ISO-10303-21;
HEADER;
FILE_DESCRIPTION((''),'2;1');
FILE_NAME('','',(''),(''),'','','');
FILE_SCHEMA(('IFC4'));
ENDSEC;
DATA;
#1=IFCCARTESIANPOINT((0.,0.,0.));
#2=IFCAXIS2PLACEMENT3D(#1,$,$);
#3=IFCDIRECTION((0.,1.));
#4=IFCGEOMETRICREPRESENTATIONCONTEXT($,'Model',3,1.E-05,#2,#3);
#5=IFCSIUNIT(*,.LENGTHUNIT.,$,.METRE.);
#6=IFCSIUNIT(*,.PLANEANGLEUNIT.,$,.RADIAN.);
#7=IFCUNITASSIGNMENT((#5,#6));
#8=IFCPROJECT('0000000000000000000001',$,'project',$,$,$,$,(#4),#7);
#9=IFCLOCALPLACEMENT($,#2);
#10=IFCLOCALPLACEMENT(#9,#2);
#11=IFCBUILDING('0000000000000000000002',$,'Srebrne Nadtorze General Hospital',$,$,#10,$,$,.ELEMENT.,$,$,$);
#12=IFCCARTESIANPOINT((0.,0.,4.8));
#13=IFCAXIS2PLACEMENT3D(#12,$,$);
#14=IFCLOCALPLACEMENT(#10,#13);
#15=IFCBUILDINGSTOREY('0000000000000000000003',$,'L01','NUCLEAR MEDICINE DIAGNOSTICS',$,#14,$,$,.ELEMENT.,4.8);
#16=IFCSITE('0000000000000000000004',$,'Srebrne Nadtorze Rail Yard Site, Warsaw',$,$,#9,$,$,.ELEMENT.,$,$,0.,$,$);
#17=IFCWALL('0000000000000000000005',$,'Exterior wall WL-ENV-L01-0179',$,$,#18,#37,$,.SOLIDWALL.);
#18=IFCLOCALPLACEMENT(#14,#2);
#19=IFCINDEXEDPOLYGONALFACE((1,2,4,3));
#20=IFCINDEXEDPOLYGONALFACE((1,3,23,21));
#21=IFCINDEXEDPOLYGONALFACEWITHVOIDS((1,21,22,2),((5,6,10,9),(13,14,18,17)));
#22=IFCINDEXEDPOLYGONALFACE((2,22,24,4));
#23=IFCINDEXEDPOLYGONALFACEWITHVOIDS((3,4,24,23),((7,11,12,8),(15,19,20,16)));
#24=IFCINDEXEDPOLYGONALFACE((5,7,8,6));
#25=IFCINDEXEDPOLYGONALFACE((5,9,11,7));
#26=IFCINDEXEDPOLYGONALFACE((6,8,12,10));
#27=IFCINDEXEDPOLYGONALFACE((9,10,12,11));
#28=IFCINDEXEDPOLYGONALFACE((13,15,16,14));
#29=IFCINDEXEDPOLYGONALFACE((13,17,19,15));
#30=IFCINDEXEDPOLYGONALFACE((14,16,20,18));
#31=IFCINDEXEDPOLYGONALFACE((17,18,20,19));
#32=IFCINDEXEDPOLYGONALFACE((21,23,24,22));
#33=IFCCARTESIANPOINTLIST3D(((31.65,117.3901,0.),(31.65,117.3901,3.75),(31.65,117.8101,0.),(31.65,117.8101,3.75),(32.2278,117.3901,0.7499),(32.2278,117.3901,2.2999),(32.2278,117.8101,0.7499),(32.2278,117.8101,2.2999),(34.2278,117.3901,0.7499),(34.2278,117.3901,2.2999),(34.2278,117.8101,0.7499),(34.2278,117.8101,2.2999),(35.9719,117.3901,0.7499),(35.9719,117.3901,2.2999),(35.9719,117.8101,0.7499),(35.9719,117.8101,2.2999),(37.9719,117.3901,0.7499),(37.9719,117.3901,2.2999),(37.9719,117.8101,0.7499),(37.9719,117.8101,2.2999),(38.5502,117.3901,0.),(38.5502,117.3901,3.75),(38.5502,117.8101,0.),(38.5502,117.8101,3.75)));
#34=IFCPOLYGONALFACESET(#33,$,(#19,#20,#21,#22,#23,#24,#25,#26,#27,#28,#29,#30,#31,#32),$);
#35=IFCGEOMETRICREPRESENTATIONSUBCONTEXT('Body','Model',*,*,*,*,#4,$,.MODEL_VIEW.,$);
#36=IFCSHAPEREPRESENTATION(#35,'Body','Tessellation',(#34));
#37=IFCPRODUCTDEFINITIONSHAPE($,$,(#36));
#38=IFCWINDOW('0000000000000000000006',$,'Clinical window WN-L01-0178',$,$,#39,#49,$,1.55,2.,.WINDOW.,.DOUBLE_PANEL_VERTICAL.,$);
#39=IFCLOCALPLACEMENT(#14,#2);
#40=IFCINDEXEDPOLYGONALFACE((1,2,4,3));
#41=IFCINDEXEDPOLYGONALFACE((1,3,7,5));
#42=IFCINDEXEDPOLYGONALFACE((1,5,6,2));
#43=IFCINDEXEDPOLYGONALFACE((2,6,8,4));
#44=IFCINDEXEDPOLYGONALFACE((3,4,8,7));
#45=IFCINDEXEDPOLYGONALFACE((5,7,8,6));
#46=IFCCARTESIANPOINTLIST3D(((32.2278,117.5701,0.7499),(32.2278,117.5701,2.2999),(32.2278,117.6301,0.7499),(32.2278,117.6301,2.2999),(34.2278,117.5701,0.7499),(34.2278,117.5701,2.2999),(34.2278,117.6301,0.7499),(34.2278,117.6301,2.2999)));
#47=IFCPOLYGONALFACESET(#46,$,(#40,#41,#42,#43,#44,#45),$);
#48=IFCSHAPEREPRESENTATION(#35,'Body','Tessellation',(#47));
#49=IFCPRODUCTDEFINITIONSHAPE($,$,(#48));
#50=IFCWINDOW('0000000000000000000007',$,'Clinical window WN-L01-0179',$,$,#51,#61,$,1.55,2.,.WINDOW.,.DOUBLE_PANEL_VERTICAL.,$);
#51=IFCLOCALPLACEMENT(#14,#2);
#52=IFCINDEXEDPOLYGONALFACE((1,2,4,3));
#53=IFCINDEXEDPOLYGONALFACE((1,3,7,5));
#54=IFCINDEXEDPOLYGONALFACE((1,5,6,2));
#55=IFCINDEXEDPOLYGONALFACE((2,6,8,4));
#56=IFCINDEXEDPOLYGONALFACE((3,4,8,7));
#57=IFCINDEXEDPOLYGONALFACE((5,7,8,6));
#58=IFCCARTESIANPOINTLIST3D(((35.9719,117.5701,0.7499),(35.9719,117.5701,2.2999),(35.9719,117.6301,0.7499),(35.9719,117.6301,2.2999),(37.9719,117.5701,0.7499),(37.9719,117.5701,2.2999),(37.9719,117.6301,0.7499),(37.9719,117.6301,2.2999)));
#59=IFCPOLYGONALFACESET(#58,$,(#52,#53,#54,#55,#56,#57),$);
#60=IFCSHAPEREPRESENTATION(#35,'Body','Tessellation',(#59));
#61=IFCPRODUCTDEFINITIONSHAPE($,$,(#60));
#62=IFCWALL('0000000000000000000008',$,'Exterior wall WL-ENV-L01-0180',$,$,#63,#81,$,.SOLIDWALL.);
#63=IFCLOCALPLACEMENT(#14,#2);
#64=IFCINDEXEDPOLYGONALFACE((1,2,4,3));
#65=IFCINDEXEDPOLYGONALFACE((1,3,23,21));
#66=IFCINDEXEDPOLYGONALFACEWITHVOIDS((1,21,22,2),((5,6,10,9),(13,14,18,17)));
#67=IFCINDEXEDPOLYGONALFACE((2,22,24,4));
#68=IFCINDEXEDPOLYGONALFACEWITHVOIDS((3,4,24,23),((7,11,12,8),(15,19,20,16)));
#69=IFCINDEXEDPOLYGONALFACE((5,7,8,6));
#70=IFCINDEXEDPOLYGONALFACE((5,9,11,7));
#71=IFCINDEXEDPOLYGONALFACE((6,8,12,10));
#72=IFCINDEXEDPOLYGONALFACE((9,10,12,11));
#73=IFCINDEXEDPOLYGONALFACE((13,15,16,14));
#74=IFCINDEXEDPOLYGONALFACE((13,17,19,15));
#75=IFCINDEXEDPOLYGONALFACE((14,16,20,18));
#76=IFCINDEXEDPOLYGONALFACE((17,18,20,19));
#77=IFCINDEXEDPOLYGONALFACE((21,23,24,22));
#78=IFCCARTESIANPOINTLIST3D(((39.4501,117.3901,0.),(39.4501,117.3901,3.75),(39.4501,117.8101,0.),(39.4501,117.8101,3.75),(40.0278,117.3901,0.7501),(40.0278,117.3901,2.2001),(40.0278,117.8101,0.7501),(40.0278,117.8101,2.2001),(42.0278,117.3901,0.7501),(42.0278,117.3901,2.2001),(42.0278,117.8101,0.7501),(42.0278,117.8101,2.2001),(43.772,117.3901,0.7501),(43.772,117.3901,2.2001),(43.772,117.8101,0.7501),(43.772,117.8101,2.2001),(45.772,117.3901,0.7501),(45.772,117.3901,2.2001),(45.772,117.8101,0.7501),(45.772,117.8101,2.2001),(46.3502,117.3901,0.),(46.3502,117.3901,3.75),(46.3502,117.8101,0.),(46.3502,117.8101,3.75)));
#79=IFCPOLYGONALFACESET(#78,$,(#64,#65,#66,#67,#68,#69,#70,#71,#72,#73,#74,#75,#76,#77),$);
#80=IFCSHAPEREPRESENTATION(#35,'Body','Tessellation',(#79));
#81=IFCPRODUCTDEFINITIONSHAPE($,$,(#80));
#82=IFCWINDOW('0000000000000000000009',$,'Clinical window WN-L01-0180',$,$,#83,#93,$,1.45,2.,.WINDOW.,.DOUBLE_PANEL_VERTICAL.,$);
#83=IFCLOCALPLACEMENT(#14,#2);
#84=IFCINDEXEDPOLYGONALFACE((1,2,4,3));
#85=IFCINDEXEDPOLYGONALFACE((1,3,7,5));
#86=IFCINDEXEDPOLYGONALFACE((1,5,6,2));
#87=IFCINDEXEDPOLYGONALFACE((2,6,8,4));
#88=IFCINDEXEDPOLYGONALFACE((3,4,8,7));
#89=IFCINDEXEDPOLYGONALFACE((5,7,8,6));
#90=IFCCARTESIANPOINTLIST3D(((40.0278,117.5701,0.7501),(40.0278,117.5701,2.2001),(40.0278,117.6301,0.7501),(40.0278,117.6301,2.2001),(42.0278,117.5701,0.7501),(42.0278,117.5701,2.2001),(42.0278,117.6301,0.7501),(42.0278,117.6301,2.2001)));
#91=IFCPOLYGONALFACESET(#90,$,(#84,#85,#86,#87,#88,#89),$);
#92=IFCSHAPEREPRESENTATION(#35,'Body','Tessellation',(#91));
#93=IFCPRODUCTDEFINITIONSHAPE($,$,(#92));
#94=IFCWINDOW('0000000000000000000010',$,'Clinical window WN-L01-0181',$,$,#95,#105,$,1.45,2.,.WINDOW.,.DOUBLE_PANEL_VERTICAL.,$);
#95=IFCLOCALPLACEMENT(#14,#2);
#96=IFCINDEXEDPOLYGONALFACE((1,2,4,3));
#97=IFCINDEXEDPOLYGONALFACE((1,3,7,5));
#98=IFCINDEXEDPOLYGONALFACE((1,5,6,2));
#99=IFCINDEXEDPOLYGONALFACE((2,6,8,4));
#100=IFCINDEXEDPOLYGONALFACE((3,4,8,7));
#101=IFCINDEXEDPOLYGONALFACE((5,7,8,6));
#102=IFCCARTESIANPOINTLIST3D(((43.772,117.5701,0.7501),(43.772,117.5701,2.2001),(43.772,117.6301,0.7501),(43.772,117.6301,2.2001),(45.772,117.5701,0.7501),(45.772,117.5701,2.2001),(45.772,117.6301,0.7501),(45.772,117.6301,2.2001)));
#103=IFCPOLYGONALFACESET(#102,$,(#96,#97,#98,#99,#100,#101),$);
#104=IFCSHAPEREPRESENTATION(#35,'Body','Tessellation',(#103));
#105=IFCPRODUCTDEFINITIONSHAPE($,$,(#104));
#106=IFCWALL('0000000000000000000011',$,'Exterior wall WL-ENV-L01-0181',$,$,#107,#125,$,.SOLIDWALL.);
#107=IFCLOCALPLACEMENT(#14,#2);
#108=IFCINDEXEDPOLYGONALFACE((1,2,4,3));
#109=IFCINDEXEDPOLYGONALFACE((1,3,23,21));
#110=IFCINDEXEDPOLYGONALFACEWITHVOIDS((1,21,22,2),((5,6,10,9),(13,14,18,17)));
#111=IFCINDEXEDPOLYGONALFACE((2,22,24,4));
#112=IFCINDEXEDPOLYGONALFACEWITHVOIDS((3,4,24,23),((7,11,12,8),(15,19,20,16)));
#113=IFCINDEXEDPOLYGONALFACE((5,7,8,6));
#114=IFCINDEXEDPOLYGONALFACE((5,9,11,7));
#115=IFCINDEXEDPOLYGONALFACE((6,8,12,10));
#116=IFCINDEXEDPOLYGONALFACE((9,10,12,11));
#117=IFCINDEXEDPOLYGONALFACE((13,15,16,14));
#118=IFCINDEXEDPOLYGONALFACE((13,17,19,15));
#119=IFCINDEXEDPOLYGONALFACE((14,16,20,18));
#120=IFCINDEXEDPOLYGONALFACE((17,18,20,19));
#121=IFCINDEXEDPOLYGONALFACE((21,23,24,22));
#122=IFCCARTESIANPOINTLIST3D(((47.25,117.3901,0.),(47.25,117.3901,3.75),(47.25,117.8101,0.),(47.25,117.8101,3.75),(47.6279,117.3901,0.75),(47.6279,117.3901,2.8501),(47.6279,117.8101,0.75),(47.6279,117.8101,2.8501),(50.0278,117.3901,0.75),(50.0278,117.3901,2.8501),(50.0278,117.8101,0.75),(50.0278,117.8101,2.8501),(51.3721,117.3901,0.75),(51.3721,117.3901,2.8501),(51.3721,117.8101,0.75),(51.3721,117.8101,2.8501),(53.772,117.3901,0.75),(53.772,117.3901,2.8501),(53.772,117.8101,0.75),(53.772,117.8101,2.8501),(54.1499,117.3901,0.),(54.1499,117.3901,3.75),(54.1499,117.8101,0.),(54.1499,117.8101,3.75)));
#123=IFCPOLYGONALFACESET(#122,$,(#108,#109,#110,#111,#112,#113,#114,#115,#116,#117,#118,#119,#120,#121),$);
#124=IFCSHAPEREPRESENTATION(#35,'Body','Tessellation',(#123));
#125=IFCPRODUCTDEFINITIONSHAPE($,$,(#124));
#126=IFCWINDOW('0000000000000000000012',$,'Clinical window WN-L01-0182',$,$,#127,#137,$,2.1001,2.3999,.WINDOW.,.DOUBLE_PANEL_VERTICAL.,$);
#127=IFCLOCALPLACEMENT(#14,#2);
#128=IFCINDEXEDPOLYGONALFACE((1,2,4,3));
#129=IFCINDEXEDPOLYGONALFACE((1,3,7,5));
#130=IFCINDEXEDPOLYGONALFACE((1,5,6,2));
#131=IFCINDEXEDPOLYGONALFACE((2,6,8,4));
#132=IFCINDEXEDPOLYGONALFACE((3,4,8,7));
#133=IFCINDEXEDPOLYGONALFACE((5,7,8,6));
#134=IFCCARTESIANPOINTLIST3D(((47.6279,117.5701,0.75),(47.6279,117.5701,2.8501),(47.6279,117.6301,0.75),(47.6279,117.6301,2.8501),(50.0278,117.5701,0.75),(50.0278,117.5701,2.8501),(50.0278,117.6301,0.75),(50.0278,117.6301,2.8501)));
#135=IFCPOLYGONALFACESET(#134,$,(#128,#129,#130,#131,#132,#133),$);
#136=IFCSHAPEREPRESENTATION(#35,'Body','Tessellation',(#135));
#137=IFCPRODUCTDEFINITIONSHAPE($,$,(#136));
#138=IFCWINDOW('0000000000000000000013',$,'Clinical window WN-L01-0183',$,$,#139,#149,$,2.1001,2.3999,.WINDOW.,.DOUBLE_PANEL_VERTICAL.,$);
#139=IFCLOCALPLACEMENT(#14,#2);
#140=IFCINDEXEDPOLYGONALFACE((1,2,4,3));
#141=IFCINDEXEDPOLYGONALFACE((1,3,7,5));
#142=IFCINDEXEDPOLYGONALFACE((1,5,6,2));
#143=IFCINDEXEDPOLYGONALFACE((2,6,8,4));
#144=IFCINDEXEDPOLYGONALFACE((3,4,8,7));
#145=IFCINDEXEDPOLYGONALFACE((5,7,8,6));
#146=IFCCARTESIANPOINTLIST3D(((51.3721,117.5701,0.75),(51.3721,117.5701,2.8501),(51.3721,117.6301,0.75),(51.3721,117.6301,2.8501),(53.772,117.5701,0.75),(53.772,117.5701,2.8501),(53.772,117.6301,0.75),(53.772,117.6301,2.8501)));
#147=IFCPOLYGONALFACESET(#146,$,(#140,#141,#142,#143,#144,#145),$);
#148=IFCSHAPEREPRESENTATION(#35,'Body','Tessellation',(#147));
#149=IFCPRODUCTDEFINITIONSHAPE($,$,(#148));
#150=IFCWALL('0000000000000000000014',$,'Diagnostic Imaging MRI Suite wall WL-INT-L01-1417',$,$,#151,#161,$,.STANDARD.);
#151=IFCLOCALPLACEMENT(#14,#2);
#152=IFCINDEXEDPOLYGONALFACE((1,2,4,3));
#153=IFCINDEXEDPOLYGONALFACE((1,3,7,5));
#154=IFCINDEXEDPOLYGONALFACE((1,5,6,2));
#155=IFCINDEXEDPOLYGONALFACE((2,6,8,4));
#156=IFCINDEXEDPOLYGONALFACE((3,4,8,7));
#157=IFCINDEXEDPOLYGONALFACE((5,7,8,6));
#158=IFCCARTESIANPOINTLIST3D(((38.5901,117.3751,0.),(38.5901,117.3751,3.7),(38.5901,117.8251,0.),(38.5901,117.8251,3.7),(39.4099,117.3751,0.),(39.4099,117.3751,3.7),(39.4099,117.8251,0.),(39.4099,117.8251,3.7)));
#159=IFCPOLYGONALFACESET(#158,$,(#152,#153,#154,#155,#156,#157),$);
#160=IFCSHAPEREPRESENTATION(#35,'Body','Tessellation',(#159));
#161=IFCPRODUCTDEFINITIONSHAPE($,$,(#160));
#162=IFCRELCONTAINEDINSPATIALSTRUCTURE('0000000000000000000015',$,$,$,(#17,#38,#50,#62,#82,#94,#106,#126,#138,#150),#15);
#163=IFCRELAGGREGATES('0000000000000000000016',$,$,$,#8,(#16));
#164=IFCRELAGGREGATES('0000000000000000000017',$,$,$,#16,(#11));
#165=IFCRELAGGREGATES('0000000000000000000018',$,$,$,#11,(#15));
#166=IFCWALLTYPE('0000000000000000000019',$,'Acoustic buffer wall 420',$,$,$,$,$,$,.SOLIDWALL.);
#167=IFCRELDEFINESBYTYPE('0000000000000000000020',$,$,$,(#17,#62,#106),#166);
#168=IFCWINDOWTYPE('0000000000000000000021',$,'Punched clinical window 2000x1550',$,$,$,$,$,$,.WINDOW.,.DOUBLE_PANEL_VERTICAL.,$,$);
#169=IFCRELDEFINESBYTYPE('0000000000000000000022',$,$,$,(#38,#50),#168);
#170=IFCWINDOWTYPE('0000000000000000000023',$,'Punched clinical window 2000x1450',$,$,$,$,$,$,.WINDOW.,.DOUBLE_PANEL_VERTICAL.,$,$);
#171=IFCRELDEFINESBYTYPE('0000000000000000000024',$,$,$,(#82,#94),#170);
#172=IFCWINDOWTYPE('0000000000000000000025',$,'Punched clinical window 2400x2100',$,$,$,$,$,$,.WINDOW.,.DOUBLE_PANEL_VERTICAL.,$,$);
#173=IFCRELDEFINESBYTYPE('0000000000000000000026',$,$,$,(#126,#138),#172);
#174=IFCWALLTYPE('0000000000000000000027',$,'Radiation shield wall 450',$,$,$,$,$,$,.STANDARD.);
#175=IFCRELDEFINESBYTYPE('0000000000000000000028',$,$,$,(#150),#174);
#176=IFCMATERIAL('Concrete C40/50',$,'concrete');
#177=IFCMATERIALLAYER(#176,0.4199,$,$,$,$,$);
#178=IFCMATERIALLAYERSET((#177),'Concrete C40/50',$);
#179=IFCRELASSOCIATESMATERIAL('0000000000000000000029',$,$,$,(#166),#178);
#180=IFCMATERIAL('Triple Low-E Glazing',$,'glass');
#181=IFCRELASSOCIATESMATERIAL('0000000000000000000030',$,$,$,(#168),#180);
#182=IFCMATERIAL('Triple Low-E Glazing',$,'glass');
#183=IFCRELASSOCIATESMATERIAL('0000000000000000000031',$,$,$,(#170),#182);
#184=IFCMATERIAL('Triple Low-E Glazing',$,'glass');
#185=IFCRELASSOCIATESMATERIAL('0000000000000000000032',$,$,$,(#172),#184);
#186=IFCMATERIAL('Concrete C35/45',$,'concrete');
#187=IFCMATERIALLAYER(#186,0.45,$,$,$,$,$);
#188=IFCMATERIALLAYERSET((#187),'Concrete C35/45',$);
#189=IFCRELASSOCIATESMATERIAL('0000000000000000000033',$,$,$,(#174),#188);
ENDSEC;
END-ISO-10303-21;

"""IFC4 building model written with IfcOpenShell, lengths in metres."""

from ifc_helpers import new_model, si_unit, direction, frame, frame_2d, origin, place, context, subcontext, project, spatial, rectangle, extrude, material, layer, layer_set, type_object, element, fill, save


model = new_model("IFC4")

# Units and contexts
model_context = context("Model", 3, precision=1e-05, world=origin(), true_north=direction((0.0, 1.0)))
body_context = subcontext(model_context, "Body", "Model", "MODEL_VIEW")
ifc_project = project(units=[si_unit("LENGTHUNIT", "METRE"), si_unit("PLANEANGLEUNIT", "RADIAN")], contexts=[model_context])

# Site, building, storey
site_placement = place(None, origin())
site = spatial("IfcSite", under=ifc_project, at=site_placement, Name="Srebrne Nadtorze Rail Yard Site, Warsaw", CompositionType="ELEMENT", RefElevation=0.0)
building_placement = place(site_placement, origin())
building = spatial("IfcBuilding", under=site, at=building_placement, Name="Srebrne Nadtorze General Hospital", CompositionType="ELEMENT")
storey_placement = place(building_placement, frame((0.0, 0.0, 4.8)))
storey = spatial("IfcBuildingStorey", under=building, at=storey_placement, Name="L01", Description="NUCLEAR MEDICINE DIAGNOSTICS", CompositionType="ELEMENT", Elevation=4.8)

# Walls, openings, windows
ifc_material_1 = material(Name="Concrete C40/50", Category="concrete")
ifc_layer_1 = layer(ifc_material_1, 0.4199)
ifc_layer_set_1 = layer_set([ifc_layer_1], Name="Concrete C40/50")
wall_type_1 = type_object("IfcWallType", Name="Acoustic buffer wall 420", PredefinedType="SOLIDWALL", material=ifc_layer_set_1)
wall_1_placement = place(storey_placement, frame((31.6499, 117.6001, 0.0), z_axis=(0.0, 0.0, 1.0), x_axis=(1.0, 0.0, 0.0)))
wall_1 = element("IfcWall", 1, at=wall_1_placement, inside=storey, type_object=wall_type_1, Name="Exterior wall WL-ENV-L01-0179", PredefinedType="SOLIDWALL", context=body_context, shape_type="SweptSolid", body=[
    extrude(rectangle(XDim=6.9001, YDim=0.4199, at=frame_2d((3.4502, 0.0))), origin(), (0.0, 0.0, 1.0), 3.75),
])
opening_1_placement = place(wall_1_placement, frame((0.5779, 0.0, 0.75)))
opening_1 = element("IfcOpeningElement", 2, at=opening_1_placement, cuts=wall_1, PredefinedType="OPENING", context=body_context, shape_type="SweptSolid", body=[
    extrude(rectangle(XDim=2.0, YDim=1.55, at=frame_2d((1.0, 0.7749))), frame((0.0, 0.2219, 0.0), z_axis=(0.0, -1.0, 0.0), x_axis=(1.0, 0.0, 0.0)), (0.0, 0.0, 1.0), 0.4438),
])
opening_2_placement = place(wall_1_placement, frame((4.322, 0.0, 0.75)))
opening_2 = element("IfcOpeningElement", 3, at=opening_2_placement, cuts=wall_1, PredefinedType="OPENING", context=body_context, shape_type="SweptSolid", body=[
    extrude(rectangle(XDim=2.0, YDim=1.55, at=frame_2d((1.0, 0.7749))), frame((0.0, 0.2219, 0.0), z_axis=(0.0, -1.0, 0.0), x_axis=(1.0, 0.0, 0.0)), (0.0, 0.0, 1.0), 0.4438),
])
ifc_material_2 = material(Name="Triple Low-E Glazing", Category="glass")
window_type_1 = type_object("IfcWindowType", Name="Punched clinical window 2000x1550", PartitioningType="DOUBLE_PANEL_VERTICAL", PredefinedType="WINDOW", material=ifc_material_2)
window_1_placement = place(opening_1_placement, origin())
window_1 = element("IfcWindow", 4, at=window_1_placement, inside=storey, type_object=window_type_1, Name="Clinical window WN-L01-0178", OverallHeight=1.55, OverallWidth=2.0, PartitioningType="DOUBLE_PANEL_VERTICAL", PredefinedType="WINDOW", context=body_context, shape_type="SweptSolid", body=[
    extrude(rectangle(XDim=2.0, YDim=1.55, at=frame_2d((1.0, 0.7749))), frame((0.0, 0.03, 0.0), z_axis=(0.0, -1.0, 0.0), x_axis=(1.0, 0.0, 0.0)), (0.0, 0.0, 1.0), 0.0601),
])
fill(opening_1, window_1)
window_2_placement = place(opening_2_placement, origin())
window_2 = element("IfcWindow", 5, at=window_2_placement, inside=storey, type_object=window_type_1, Name="Clinical window WN-L01-0179", OverallHeight=1.55, OverallWidth=2.0, PartitioningType="DOUBLE_PANEL_VERTICAL", PredefinedType="WINDOW", context=body_context, shape_type="SweptSolid", body=[
    extrude(rectangle(XDim=2.0, YDim=1.55, at=frame_2d((1.0, 0.7749))), frame((0.0, 0.03, 0.0), z_axis=(0.0, -1.0, 0.0), x_axis=(1.0, 0.0, 0.0)), (0.0, 0.0, 1.0), 0.0601),
])
fill(opening_2, window_2)
wall_2_placement = place(storey_placement, frame((39.45, 117.6001, 0.0), z_axis=(0.0, 0.0, 1.0), x_axis=(1.0, 0.0, 0.0)))
wall_2 = element("IfcWall", 6, at=wall_2_placement, inside=storey, type_object=wall_type_1, Name="Exterior wall WL-ENV-L01-0180", PredefinedType="SOLIDWALL", context=body_context, shape_type="SweptSolid", body=[
    extrude(rectangle(XDim=6.9001, YDim=0.4199, at=frame_2d((3.4502, 0.0))), origin(), (0.0, 0.0, 1.0), 3.75),
])
opening_3_placement = place(wall_2_placement, frame((0.5779, 0.0, 0.75)))
opening_3 = element("IfcOpeningElement", 7, at=opening_3_placement, cuts=wall_2, PredefinedType="OPENING", context=body_context, shape_type="SweptSolid", body=[
    extrude(rectangle(XDim=2.0, YDim=1.45, at=frame_2d((1.0, 0.7251))), frame((0.0, 0.2219, 0.0), z_axis=(0.0, -1.0, 0.0), x_axis=(1.0, 0.0, 0.0)), (0.0, 0.0, 1.0), 0.4438),
])
opening_4_placement = place(wall_2_placement, frame((4.322, 0.0, 0.75)))
opening_4 = element("IfcOpeningElement", 8, at=opening_4_placement, cuts=wall_2, PredefinedType="OPENING", context=body_context, shape_type="SweptSolid", body=[
    extrude(rectangle(XDim=2.0, YDim=1.45, at=frame_2d((1.0, 0.7251))), frame((0.0, 0.2219, 0.0), z_axis=(0.0, -1.0, 0.0), x_axis=(1.0, 0.0, 0.0)), (0.0, 0.0, 1.0), 0.4438),
])
ifc_material_3 = material(Name="Triple Low-E Glazing", Category="glass")
window_type_2 = type_object("IfcWindowType", Name="Punched clinical window 2000x1450", PartitioningType="DOUBLE_PANEL_VERTICAL", PredefinedType="WINDOW", material=ifc_material_3)
window_3_placement = place(opening_3_placement, origin())
window_3 = element("IfcWindow", 9, at=window_3_placement, inside=storey, type_object=window_type_2, Name="Clinical window WN-L01-0180", OverallHeight=1.45, OverallWidth=2.0, PartitioningType="DOUBLE_PANEL_VERTICAL", PredefinedType="WINDOW", context=body_context, shape_type="SweptSolid", body=[
    extrude(rectangle(XDim=2.0, YDim=1.45, at=frame_2d((1.0, 0.7251))), frame((0.0, 0.03, 0.0), z_axis=(0.0, -1.0, 0.0), x_axis=(1.0, 0.0, 0.0)), (0.0, 0.0, 1.0), 0.0601),
])
fill(opening_3, window_3)
window_4_placement = place(opening_4_placement, origin())
window_4 = element("IfcWindow", 10, at=window_4_placement, inside=storey, type_object=window_type_2, Name="Clinical window WN-L01-0181", OverallHeight=1.45, OverallWidth=2.0, PartitioningType="DOUBLE_PANEL_VERTICAL", PredefinedType="WINDOW", context=body_context, shape_type="SweptSolid", body=[
    extrude(rectangle(XDim=2.0, YDim=1.45, at=frame_2d((1.0, 0.7251))), frame((0.0, 0.03, 0.0), z_axis=(0.0, -1.0, 0.0), x_axis=(1.0, 0.0, 0.0)), (0.0, 0.0, 1.0), 0.0601),
])
fill(opening_4, window_4)
wall_3_placement = place(storey_placement, frame((47.25, 117.6001, 0.0), z_axis=(0.0, 0.0, 1.0), x_axis=(1.0, 0.0, 0.0)))
wall_3 = element("IfcWall", 11, at=wall_3_placement, inside=storey, type_object=wall_type_1, Name="Exterior wall WL-ENV-L01-0181", PredefinedType="SOLIDWALL", context=body_context, shape_type="SweptSolid", body=[
    extrude(rectangle(XDim=6.8999, YDim=0.4199, at=frame_2d((3.45, 0.0))), origin(), (0.0, 0.0, 1.0), 3.75),
])
opening_5_placement = place(wall_3_placement, frame((0.3779, 0.0, 0.75)))
opening_5 = element("IfcOpeningElement", 12, at=opening_5_placement, cuts=wall_3, PredefinedType="OPENING", context=body_context, shape_type="SweptSolid", body=[
    extrude(rectangle(XDim=2.3999, YDim=2.1001, at=frame_2d((1.2, 1.05))), frame((0.0, 0.2219, 0.0), z_axis=(0.0, -1.0, 0.0), x_axis=(1.0, 0.0, 0.0)), (0.0, 0.0, 1.0), 0.4438),
])
opening_6_placement = place(wall_3_placement, frame((4.1221, 0.0, 0.75)))
opening_6 = element("IfcOpeningElement", 13, at=opening_6_placement, cuts=wall_3, PredefinedType="OPENING", context=body_context, shape_type="SweptSolid", body=[
    extrude(rectangle(XDim=2.3999, YDim=2.1001, at=frame_2d((1.2, 1.05))), frame((0.0, 0.2219, 0.0), z_axis=(0.0, -1.0, 0.0), x_axis=(1.0, 0.0, 0.0)), (0.0, 0.0, 1.0), 0.4438),
])
ifc_material_4 = material(Name="Triple Low-E Glazing", Category="glass")
window_type_3 = type_object("IfcWindowType", Name="Punched clinical window 2400x2100", PartitioningType="DOUBLE_PANEL_VERTICAL", PredefinedType="WINDOW", material=ifc_material_4)
window_5_placement = place(opening_5_placement, origin())
window_5 = element("IfcWindow", 14, at=window_5_placement, inside=storey, type_object=window_type_3, Name="Clinical window WN-L01-0182", OverallHeight=2.1001, OverallWidth=2.3999, PartitioningType="DOUBLE_PANEL_VERTICAL", PredefinedType="WINDOW", context=body_context, shape_type="SweptSolid", body=[
    extrude(rectangle(XDim=2.3999, YDim=2.1001, at=frame_2d((1.2, 1.05))), frame((0.0, 0.03, 0.0), z_axis=(0.0, -1.0, 0.0), x_axis=(1.0, 0.0, 0.0)), (0.0, 0.0, 1.0), 0.0601),
])
fill(opening_5, window_5)
window_6_placement = place(opening_6_placement, origin())
window_6 = element("IfcWindow", 15, at=window_6_placement, inside=storey, type_object=window_type_3, Name="Clinical window WN-L01-0183", OverallHeight=2.1001, OverallWidth=2.3999, PartitioningType="DOUBLE_PANEL_VERTICAL", PredefinedType="WINDOW", context=body_context, shape_type="SweptSolid", body=[
    extrude(rectangle(XDim=2.3999, YDim=2.1001, at=frame_2d((1.2, 1.05))), frame((0.0, 0.03, 0.0), z_axis=(0.0, -1.0, 0.0), x_axis=(1.0, 0.0, 0.0)), (0.0, 0.0, 1.0), 0.0601),
])
fill(opening_6, window_6)

# Wall
ifc_material_5 = material(Name="Concrete C35/45", Category="concrete")
ifc_layer_2 = layer(ifc_material_5, 0.45)
ifc_layer_set_2 = layer_set([ifc_layer_2], Name="Concrete C35/45")
wall_type_2 = type_object("IfcWallType", Name="Radiation shield wall 450", PredefinedType="STANDARD", material=ifc_layer_set_2)
wall_4_placement = place(storey_placement, frame((38.5901, 117.6001, 0.0), z_axis=(0.0, 0.0, 1.0), x_axis=(1.0, 0.0, 0.0)))
element("IfcWall", 16, at=wall_4_placement, inside=storey, type_object=wall_type_2, Name="Diagnostic Imaging MRI Suite wall WL-INT-L01-1417", PredefinedType="STANDARD", context=body_context, shape_type="SweptSolid", body=[
    extrude(rectangle(XDim=0.8198, YDim=0.45, at=frame_2d((0.4099, 0.0))), origin(), (0.0, 0.0, 1.0), 3.7),
])

save(model, "model.ifc")
